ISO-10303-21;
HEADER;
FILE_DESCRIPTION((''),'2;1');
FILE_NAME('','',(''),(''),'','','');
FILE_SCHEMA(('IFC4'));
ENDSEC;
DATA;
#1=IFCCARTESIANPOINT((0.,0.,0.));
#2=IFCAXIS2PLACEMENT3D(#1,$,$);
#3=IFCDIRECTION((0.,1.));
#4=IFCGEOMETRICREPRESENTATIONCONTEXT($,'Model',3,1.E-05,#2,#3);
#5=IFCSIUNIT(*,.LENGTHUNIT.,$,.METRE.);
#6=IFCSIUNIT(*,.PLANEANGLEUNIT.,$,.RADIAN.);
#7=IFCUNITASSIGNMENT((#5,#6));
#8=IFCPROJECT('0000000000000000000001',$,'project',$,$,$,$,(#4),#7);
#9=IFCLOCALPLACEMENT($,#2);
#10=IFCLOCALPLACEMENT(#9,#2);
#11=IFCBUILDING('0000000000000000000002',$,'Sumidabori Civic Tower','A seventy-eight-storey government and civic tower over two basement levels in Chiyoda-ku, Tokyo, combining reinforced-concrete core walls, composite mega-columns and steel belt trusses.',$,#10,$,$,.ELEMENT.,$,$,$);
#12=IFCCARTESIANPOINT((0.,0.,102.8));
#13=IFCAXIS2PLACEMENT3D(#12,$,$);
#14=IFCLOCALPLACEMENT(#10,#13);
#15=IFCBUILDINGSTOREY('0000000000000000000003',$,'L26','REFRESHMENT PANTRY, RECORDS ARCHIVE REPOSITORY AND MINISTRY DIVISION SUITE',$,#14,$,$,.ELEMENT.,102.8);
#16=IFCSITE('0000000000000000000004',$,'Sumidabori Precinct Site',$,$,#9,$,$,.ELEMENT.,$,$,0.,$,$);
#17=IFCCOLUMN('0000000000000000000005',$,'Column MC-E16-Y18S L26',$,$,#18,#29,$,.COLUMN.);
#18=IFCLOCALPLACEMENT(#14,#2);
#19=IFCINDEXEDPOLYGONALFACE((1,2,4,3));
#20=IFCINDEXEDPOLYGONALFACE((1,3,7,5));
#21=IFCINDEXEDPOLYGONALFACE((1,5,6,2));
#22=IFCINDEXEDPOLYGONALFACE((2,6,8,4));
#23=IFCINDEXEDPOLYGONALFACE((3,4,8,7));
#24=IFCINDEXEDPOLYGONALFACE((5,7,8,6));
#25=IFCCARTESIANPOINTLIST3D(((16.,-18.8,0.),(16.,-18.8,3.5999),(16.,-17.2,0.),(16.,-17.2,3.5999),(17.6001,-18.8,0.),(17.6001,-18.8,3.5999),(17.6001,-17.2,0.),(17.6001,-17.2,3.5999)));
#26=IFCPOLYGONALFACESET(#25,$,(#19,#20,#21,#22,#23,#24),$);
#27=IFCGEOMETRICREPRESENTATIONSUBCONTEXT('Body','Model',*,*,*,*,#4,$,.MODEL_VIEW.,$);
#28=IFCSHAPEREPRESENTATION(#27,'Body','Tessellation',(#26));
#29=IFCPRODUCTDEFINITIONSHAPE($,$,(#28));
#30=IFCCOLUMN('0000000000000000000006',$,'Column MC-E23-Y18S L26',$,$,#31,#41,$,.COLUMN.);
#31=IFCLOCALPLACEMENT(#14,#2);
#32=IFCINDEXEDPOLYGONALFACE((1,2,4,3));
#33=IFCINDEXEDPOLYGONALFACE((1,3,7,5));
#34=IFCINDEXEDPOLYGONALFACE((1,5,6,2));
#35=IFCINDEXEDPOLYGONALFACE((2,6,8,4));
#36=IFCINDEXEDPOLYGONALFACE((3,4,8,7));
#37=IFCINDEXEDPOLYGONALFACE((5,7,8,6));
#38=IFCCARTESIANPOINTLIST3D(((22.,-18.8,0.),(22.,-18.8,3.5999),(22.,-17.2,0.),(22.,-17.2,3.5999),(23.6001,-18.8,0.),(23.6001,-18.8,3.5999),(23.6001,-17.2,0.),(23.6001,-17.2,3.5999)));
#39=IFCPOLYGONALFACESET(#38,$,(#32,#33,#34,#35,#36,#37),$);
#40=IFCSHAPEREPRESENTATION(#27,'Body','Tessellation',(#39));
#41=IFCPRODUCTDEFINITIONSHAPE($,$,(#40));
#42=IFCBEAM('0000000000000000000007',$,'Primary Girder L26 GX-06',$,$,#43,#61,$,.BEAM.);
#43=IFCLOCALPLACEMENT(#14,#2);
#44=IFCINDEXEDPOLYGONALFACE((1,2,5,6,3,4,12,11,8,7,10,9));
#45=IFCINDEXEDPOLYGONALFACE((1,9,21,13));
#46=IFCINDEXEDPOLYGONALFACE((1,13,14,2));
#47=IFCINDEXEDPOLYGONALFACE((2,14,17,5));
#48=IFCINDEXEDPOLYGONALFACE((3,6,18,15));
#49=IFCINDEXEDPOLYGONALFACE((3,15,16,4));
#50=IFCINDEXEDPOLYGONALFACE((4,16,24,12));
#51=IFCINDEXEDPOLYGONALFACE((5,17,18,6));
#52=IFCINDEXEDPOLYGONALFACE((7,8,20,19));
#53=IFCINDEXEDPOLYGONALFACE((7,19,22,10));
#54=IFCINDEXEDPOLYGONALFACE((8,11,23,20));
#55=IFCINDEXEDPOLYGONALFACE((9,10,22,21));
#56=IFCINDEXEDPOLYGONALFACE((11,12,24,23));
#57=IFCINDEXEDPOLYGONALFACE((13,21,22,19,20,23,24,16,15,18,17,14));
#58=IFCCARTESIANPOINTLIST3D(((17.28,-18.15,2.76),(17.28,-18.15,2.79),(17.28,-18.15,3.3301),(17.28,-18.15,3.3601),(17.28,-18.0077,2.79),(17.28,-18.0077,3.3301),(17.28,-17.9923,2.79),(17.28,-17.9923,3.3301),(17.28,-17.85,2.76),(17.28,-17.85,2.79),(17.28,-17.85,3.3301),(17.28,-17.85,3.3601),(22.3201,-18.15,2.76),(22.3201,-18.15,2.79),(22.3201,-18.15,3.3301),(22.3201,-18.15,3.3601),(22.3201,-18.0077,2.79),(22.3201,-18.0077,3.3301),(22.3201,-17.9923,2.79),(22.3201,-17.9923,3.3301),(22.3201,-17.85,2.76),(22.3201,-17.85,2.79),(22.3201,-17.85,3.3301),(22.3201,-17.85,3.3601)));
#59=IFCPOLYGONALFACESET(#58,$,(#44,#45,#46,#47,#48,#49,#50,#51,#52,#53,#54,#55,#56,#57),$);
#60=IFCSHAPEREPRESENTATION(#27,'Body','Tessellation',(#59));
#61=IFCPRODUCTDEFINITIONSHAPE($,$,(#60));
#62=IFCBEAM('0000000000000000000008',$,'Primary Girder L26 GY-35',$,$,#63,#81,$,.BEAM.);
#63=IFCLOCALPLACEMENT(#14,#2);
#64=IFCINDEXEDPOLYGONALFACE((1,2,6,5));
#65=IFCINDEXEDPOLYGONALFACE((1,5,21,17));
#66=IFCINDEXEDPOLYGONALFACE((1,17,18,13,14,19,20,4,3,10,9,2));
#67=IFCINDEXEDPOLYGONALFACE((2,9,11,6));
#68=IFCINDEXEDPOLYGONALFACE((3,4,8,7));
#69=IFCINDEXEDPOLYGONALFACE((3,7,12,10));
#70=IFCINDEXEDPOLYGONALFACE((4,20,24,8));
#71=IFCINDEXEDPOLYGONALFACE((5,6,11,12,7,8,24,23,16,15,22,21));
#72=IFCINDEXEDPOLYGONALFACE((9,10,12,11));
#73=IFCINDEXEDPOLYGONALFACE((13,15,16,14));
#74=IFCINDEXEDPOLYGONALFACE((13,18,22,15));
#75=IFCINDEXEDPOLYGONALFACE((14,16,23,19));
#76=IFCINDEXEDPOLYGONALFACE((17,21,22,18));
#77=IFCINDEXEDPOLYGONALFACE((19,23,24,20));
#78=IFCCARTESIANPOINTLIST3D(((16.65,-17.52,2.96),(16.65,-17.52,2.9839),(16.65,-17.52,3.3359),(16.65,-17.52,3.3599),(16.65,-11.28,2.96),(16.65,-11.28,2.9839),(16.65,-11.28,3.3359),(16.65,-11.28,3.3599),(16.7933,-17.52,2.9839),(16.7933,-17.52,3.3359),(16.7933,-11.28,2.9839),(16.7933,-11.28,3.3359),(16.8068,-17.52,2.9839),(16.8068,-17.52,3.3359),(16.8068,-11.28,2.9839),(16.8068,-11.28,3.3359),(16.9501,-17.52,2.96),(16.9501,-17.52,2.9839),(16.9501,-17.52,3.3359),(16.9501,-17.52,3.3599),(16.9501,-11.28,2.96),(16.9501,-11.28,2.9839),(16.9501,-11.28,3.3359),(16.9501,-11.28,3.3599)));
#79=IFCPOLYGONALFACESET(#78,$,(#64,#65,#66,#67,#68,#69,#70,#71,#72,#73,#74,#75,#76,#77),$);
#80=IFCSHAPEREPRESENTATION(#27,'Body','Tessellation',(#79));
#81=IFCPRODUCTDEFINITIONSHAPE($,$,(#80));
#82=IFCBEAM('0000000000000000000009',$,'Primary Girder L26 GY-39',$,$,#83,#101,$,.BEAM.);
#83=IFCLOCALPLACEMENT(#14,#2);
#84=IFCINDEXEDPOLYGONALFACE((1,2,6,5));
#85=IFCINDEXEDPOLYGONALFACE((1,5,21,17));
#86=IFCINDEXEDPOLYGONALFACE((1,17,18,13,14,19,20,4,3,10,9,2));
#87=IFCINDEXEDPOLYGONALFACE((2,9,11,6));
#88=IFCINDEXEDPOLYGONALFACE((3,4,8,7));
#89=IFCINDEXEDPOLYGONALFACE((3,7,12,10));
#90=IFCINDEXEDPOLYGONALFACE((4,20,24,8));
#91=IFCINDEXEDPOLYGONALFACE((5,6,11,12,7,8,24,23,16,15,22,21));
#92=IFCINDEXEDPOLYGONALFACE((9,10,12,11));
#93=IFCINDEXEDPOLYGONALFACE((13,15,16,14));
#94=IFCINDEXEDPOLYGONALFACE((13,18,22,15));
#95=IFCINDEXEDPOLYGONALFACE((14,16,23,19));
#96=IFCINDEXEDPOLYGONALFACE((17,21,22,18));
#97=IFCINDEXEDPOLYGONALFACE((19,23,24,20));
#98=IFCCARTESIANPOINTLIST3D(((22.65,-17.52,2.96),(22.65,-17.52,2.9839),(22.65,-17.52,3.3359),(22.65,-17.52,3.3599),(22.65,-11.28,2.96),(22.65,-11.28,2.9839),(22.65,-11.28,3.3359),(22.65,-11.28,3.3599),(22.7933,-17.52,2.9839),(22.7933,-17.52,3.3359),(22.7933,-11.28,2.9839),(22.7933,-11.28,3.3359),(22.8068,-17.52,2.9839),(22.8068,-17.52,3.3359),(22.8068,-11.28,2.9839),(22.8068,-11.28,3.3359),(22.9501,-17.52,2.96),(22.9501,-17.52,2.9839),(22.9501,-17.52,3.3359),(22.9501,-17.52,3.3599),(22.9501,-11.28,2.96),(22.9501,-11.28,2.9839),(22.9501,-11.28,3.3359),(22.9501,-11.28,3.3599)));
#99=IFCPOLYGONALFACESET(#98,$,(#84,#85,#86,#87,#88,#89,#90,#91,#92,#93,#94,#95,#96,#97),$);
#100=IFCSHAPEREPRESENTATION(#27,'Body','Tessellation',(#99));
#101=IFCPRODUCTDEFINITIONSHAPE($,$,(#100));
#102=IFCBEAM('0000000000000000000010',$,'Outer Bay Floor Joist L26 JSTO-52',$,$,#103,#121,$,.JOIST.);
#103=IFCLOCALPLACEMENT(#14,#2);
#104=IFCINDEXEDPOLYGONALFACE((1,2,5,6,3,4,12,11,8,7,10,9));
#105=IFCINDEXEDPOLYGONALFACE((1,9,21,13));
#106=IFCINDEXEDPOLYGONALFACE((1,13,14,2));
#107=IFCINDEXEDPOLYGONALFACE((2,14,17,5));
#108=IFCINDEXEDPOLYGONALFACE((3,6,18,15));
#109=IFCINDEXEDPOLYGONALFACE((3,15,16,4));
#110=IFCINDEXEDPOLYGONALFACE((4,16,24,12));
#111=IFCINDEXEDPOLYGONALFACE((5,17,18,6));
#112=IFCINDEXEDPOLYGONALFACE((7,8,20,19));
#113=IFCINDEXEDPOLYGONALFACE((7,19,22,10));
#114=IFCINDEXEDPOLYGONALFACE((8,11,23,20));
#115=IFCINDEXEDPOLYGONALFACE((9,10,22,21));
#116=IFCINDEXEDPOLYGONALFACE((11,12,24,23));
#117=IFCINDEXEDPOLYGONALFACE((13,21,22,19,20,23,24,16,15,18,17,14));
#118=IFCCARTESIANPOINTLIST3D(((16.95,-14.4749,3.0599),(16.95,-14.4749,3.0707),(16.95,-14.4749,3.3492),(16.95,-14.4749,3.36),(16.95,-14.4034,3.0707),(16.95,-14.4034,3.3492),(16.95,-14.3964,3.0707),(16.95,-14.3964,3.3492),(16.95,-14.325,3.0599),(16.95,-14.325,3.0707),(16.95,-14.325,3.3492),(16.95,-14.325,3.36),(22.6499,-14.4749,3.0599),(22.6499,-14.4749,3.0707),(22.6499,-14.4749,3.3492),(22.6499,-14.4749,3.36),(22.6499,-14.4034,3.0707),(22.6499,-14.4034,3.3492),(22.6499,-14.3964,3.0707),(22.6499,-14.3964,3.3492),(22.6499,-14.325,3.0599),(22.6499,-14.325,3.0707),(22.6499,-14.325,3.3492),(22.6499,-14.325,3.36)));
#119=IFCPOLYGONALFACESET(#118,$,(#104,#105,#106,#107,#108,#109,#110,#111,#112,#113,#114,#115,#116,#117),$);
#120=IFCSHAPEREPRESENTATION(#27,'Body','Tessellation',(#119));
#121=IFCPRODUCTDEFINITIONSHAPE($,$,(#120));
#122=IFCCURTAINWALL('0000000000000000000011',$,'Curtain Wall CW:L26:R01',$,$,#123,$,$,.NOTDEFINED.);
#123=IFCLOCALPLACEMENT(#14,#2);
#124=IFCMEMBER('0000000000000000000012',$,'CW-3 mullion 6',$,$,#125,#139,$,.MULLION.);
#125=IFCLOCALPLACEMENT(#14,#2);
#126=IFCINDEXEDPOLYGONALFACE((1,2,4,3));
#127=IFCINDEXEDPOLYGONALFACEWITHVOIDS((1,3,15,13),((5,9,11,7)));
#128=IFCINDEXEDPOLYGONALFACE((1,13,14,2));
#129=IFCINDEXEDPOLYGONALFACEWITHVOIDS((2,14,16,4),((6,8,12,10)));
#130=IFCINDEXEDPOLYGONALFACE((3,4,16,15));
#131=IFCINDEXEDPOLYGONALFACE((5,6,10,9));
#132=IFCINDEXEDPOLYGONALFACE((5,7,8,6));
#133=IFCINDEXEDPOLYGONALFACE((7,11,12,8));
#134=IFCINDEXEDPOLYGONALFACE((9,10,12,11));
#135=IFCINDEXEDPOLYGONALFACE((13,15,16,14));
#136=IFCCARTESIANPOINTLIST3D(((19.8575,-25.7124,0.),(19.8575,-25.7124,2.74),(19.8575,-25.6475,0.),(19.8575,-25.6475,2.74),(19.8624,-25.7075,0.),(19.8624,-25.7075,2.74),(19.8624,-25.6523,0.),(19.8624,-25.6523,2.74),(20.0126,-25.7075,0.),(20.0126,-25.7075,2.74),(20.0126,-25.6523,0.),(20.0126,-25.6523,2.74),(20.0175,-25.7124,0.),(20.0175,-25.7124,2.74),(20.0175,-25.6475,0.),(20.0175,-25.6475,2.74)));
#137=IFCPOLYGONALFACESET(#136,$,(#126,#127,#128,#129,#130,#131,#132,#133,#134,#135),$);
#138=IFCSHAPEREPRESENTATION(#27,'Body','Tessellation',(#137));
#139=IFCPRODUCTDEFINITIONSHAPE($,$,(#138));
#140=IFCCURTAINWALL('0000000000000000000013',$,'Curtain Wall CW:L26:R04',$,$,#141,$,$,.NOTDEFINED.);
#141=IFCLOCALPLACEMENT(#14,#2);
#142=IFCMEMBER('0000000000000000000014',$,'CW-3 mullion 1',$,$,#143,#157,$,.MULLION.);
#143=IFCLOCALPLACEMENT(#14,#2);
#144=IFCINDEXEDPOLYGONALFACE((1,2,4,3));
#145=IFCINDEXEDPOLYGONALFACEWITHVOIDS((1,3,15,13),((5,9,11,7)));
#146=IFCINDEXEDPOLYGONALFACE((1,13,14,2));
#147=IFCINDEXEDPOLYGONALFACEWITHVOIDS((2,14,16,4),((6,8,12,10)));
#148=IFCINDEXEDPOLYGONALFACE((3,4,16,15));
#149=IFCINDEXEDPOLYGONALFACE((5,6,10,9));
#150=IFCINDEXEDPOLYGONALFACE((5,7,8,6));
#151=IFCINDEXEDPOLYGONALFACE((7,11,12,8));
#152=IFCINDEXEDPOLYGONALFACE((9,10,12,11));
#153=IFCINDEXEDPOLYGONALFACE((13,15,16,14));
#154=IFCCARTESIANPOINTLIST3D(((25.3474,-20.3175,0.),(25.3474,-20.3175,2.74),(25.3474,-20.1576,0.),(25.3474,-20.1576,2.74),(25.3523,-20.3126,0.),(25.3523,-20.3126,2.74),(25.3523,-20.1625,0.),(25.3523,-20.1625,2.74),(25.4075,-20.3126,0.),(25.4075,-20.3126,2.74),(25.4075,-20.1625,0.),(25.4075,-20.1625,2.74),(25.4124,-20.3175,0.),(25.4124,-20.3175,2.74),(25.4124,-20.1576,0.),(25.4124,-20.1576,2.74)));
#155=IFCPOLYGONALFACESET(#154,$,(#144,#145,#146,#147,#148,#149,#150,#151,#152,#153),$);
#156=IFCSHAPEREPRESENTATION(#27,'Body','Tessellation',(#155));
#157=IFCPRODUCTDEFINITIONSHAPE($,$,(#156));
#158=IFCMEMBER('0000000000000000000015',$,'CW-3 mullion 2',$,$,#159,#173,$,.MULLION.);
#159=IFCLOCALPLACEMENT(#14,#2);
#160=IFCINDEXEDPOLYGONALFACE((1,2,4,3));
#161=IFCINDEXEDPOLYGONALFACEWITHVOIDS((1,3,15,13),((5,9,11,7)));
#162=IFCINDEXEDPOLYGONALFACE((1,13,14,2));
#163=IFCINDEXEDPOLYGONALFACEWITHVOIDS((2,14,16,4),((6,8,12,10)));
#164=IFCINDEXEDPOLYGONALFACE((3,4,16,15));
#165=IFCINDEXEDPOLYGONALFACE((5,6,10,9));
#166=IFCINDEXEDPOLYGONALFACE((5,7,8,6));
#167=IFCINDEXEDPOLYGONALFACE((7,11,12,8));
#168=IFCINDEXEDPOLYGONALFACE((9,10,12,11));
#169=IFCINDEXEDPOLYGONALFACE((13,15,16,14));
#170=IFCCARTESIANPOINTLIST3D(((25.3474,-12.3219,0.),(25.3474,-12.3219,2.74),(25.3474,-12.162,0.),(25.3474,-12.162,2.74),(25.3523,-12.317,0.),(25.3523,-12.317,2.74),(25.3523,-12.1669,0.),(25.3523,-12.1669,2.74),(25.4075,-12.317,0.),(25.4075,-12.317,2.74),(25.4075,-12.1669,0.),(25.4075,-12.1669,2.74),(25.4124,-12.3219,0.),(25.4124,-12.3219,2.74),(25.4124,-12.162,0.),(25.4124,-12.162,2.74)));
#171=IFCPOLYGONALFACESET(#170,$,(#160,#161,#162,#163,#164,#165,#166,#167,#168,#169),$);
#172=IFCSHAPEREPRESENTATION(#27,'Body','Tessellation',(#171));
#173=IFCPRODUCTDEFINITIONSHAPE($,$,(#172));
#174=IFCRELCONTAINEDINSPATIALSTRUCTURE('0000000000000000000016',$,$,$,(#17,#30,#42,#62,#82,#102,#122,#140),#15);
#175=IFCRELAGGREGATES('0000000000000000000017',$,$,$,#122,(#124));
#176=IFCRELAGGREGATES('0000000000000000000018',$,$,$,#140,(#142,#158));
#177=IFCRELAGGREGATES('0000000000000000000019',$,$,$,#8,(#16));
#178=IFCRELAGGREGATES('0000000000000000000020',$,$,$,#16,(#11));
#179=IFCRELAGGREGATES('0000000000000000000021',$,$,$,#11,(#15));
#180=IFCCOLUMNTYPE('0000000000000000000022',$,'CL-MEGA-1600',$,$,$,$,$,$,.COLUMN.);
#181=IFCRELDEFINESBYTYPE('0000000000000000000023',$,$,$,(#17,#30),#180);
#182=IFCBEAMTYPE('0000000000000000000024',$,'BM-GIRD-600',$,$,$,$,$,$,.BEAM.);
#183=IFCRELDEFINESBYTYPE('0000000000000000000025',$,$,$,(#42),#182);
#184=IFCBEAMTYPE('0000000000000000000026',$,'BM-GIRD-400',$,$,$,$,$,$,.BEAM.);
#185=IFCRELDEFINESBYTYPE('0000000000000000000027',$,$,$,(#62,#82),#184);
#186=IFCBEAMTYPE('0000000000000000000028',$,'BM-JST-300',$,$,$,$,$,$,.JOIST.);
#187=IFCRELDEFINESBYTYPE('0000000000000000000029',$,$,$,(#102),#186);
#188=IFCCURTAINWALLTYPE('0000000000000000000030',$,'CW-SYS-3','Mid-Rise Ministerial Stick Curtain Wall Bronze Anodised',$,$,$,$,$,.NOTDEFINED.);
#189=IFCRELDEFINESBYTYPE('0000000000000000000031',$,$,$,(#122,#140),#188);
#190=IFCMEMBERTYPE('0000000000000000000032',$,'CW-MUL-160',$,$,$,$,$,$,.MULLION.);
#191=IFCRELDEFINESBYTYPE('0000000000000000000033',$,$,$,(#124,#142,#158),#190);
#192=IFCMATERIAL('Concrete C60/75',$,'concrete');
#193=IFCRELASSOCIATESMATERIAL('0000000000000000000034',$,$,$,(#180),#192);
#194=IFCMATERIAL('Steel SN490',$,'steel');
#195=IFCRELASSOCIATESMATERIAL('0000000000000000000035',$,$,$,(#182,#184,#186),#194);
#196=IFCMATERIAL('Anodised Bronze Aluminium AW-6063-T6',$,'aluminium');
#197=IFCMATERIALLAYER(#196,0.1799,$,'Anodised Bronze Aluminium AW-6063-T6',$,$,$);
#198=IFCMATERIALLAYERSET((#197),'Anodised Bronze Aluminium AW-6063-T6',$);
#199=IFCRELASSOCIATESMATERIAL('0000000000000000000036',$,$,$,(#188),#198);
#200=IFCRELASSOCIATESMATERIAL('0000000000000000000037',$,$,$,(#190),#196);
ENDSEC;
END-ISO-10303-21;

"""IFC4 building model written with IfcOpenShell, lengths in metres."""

from ifc_helpers import new_model, si_unit, direction, frame, origin, origin_2d, place, context, subcontext, project, spatial, rectangle, hollow_rectangle, i_section, extrude, source, transform, mapped, material, layer, layer_set, material_profile, profile_set, type_object, element, aggregate, save


model = new_model("IFC4")

# Units and contexts
model_context = context("Model", 3, precision=1e-05, world=origin(), true_north=direction((0.0, 1.0)))
body_context = subcontext(model_context, "Body", "Model", "MODEL_VIEW")
ifc_project = project(units=[si_unit("LENGTHUNIT", "METRE"), si_unit("PLANEANGLEUNIT", "RADIAN")], contexts=[model_context])

# Site, building, storey
site_placement = place(None, origin())
site = spatial("IfcSite", under=ifc_project, at=site_placement, Name="Sumidabori Precinct Site", CompositionType="ELEMENT", RefElevation=0.0)
building_placement = place(site_placement, origin())
building = spatial("IfcBuilding", under=site, at=building_placement, Name="Sumidabori Civic Tower", Description="A seventy-eight-storey government and civic tower over two basement levels in Chiyoda-ku, Tokyo, combining reinforced-concrete core walls, composite mega-columns and steel belt trusses.", CompositionType="ELEMENT")
storey_placement = place(building_placement, frame((0.0, 0.0, 102.8)))
storey = spatial("IfcBuildingStorey", under=building, at=storey_placement, Name="L26", Description="REFRESHMENT PANTRY, RECORDS ARCHIVE REPOSITORY AND MINISTRY DIVISION SUITE", CompositionType="ELEMENT", Elevation=102.8)

# Columns
ifc_material_1 = material(Name="Concrete C60/75", Category="concrete")
ifc_material_profile_1 = material_profile(ifc_material_1, rectangle(XDim=1.6001, YDim=1.6001, at=origin_2d()), Name="RC 1600x1600")
ifc_profile_set_1 = profile_set([ifc_material_profile_1], Name="Concrete C60/75")
column_type = type_object("IfcColumnType", Name="CL-MEGA-1600", PredefinedType="COLUMN", material=ifc_profile_set_1)
shared_shape_1 = source(origin(), body_context, "Body", "SweptSolid", [
    extrude(rectangle(XDim=1.6001, YDim=1.6001, at=origin_2d()), origin(), (0.0, 0.0, 1.0), 3.5999),
])
for number, where, z_axis, x_axis, name in (
    (1, (16.8, -18.0, 0.0), (0.0, 0.0, 1.0), (1.0, 0.0, 0.0), "Column MC-E16-Y18S L26"),
    (2, (22.8, -18.0, 0.0), (0.0, 0.0, 1.0), (1.0, 0.0, 0.0), "Column MC-E23-Y18S L26"),
):
    element("IfcColumn", number, at=place(storey_placement, frame(where, z_axis=z_axis, x_axis=x_axis)), inside=storey, type_object=column_type, Name=name, PredefinedType="COLUMN", context=body_context, shape_type="MappedRepresentation", body=[
        mapped(shared_shape_1, transform((0.0, 0.0, 0.0), x_axis=(1.0, 0.0, 0.0), y_axis=(0.0, 1.0, 0.0), z_axis=(0.0, 0.0, 1.0), scale=1.0)),
    ])

# Beams
ifc_material_2 = material(Name="Steel SN490", Category="steel")
ifc_material_profile_2 = material_profile(ifc_material_2, i_section(OverallWidth=0.3, OverallDepth=0.6001, WebThickness=0.0154, FlangeThickness=0.03, at=origin_2d()), Name="HE 600 B")
ifc_profile_set_2 = profile_set([ifc_material_profile_2], Name="Steel SN490")
beam_type_1 = type_object("IfcBeamType", Name="BM-GIRD-600", PredefinedType="BEAM", material=ifc_profile_set_2)
shared_shape_2 = source(origin(), body_context, "Body", "SweptSolid", [
    extrude(i_section(OverallWidth=0.3, OverallDepth=0.6001, WebThickness=0.0154, FlangeThickness=0.03, at=origin_2d()), origin(), (0.0, 0.0, 1.0), 5.04),
])
beam_1_placement = place(storey_placement, frame((17.28, -18.0, 3.0601), z_axis=(1.0, 0.0, 0.0), x_axis=(0.0, 1.0, 0.0)))
element("IfcBeam", 3, at=beam_1_placement, inside=storey, type_object=beam_type_1, Name="Primary Girder L26 GX-06", PredefinedType="BEAM", context=body_context, shape_type="MappedRepresentation", body=[
    mapped(shared_shape_2, transform((0.0, 0.0, 0.0), x_axis=(1.0, 0.0, 0.0), y_axis=(0.0, 1.0, 0.0), z_axis=(0.0, 0.0, 1.0), scale=1.0)),
])
ifc_material_profile_3 = material_profile(ifc_material_2, i_section(OverallWidth=0.3, OverallDepth=0.3999, WebThickness=0.0134, FlangeThickness=0.0239, at=origin_2d()), Name="HE 400 B")
ifc_profile_set_3 = profile_set([ifc_material_profile_3], Name="Steel SN490")
beam_type_2 = type_object("IfcBeamType", Name="BM-GIRD-400", PredefinedType="BEAM", material=ifc_profile_set_3)
shared_shape_3 = source(origin(), body_context, "Body", "SweptSolid", [
    extrude(i_section(OverallWidth=0.3, OverallDepth=0.3999, WebThickness=0.0134, FlangeThickness=0.0239, at=origin_2d()), origin(), (0.0, 0.0, 1.0), 6.24),
])
for number, where, z_axis, x_axis, name in (
    (4, (16.8, -17.52, 3.1599), (0.0, 1.0, 0.0), (-1.0, 0.0, 0.0), "Primary Girder L26 GY-35"),
    (5, (22.8, -17.52, 3.1599), (0.0, 1.0, 0.0), (-1.0, 0.0, 0.0), "Primary Girder L26 GY-39"),
):
    element("IfcBeam", number, at=place(storey_placement, frame(where, z_axis=z_axis, x_axis=x_axis)), inside=storey, type_object=beam_type_2, Name=name, PredefinedType="BEAM", context=body_context, shape_type="MappedRepresentation", body=[
        mapped(shared_shape_3, transform((0.0, 0.0, 0.0), x_axis=(1.0, 0.0, 0.0), y_axis=(0.0, 1.0, 0.0), z_axis=(0.0, 0.0, 1.0), scale=1.0)),
    ])
ifc_material_profile_4 = material_profile(ifc_material_2, i_section(OverallWidth=0.1499, OverallDepth=0.3, WebThickness=0.0071, FlangeThickness=0.0107, at=origin_2d()), Name="IPE 300")
ifc_profile_set_4 = profile_set([ifc_material_profile_4], Name="Steel SN490")
beam_type_3 = type_object("IfcBeamType", Name="BM-JST-300", PredefinedType="JOIST", material=ifc_profile_set_4)
shared_shape_4 = source(origin(), body_context, "Body", "SweptSolid", [
    extrude(i_section(OverallWidth=0.1499, OverallDepth=0.3, WebThickness=0.0071, FlangeThickness=0.0107, at=origin_2d()), origin(), (0.0, 0.0, 1.0), 5.7),
])
beam_2_placement = place(storey_placement, frame((16.95, -14.3999, 3.21), z_axis=(1.0, 0.0, 0.0), x_axis=(0.0, 1.0, 0.0)))
element("IfcBeam", 6, at=beam_2_placement, inside=storey, type_object=beam_type_3, Name="Outer Bay Floor Joist L26 JSTO-52", PredefinedType="JOIST", context=body_context, shape_type="MappedRepresentation", body=[
    mapped(shared_shape_4, transform((0.0, 0.0, 0.0), x_axis=(1.0, 0.0, 0.0), y_axis=(0.0, 1.0, 0.0), z_axis=(0.0, 0.0, 1.0), scale=1.0)),
])

# Curtain wall, member
ifc_material_3 = material(Name="Anodised Bronze Aluminium AW-6063-T6", Category="aluminium")
ifc_layer_1 = layer(ifc_material_3, 0.1799, Name="Anodised Bronze Aluminium AW-6063-T6")
ifc_layer_set_1 = layer_set([ifc_layer_1], Name="Anodised Bronze Aluminium AW-6063-T6")
curtain_wall_type = type_object("IfcCurtainWallType", Name="CW-SYS-3", Description="Mid-Rise Ministerial Stick Curtain Wall Bronze Anodised", PredefinedType="NOTDEFINED", material=ifc_layer_set_1)
curtain_wall_1_placement = place(storey_placement, origin())
curtain_wall_1 = element("IfcCurtainWall", 7, at=curtain_wall_1_placement, inside=storey, type_object=curtain_wall_type, Name="Curtain Wall CW:L26:R01", PredefinedType="NOTDEFINED")
ifc_material_profile_5 = material_profile(ifc_material_3, hollow_rectangle(XDim=0.0649, YDim=0.1599, WallThickness=0.0049, at=origin_2d()), Name="ALU MULLION 160x65")
ifc_profile_set_5 = profile_set([ifc_material_profile_5], Name="Anodised Bronze Aluminium AW-6063-T6")
member_type_1 = type_object("IfcMemberType", Name="CW-MUL-160", PredefinedType="MULLION", material=ifc_profile_set_5)
shared_shape_5 = source(origin(), body_context, "Body", "SweptSolid", [
    extrude(hollow_rectangle(XDim=0.0649, YDim=0.1599, WallThickness=0.0049, at=origin_2d()), origin(), (0.0, 0.0, 1.0), 2.74),
])
member_1_placement = place(storey_placement, frame((19.9375, -25.6799, 0.0), z_axis=(0.0, 0.0, 1.0), x_axis=(0.0, 1.0, 0.0)))
member_1 = element("IfcMember", 8, at=member_1_placement, type_object=member_type_1, Name="CW-3 mullion 6", PredefinedType="MULLION", context=body_context, shape_type="MappedRepresentation", body=[
    mapped(shared_shape_5, transform((0.0, 0.0, 0.0), x_axis=(1.0, 0.0, 0.0), y_axis=(0.0, 1.0, 0.0), z_axis=(0.0, 0.0, 1.0), scale=1.0)),
])
aggregate(curtain_wall_1, [member_1])

# Curtain wall, members
curtain_wall_2_placement = place(storey_placement, origin())
curtain_wall_2 = element("IfcCurtainWall", 9, at=curtain_wall_2_placement, inside=storey, type_object=curtain_wall_type, Name="Curtain Wall CW:L26:R04", PredefinedType="NOTDEFINED")
member_2_placement = place(storey_placement, frame((25.3799, -20.2375, 0.0), z_axis=(0.0, 0.0, 1.0), x_axis=(-1.0, 0.0, 0.0)))
member_2 = element("IfcMember", 10, at=member_2_placement, type_object=member_type_1, Name="CW-3 mullion 1", PredefinedType="MULLION", context=body_context, shape_type="MappedRepresentation", body=[
    mapped(shared_shape_5, transform((0.0, 0.0, 0.0), x_axis=(1.0, 0.0, 0.0), y_axis=(0.0, 1.0, 0.0), z_axis=(0.0, 0.0, 1.0), scale=1.0)),
])
member_3_placement = place(storey_placement, frame((25.3799, -12.2419, 0.0), z_axis=(0.0, 0.0, 1.0), x_axis=(-1.0, 0.0, 0.0)))
member_3 = element("IfcMember", 11, at=member_3_placement, type_object=member_type_1, Name="CW-3 mullion 2", PredefinedType="MULLION", context=body_context, shape_type="MappedRepresentation", body=[
    mapped(shared_shape_5, transform((0.0, 0.0, 0.0), x_axis=(1.0, 0.0, 0.0), y_axis=(0.0, 1.0, 0.0), z_axis=(0.0, 0.0, 1.0), scale=1.0)),
])
aggregate(curtain_wall_2, [member_2, member_3])

save(model, "model.ifc")
